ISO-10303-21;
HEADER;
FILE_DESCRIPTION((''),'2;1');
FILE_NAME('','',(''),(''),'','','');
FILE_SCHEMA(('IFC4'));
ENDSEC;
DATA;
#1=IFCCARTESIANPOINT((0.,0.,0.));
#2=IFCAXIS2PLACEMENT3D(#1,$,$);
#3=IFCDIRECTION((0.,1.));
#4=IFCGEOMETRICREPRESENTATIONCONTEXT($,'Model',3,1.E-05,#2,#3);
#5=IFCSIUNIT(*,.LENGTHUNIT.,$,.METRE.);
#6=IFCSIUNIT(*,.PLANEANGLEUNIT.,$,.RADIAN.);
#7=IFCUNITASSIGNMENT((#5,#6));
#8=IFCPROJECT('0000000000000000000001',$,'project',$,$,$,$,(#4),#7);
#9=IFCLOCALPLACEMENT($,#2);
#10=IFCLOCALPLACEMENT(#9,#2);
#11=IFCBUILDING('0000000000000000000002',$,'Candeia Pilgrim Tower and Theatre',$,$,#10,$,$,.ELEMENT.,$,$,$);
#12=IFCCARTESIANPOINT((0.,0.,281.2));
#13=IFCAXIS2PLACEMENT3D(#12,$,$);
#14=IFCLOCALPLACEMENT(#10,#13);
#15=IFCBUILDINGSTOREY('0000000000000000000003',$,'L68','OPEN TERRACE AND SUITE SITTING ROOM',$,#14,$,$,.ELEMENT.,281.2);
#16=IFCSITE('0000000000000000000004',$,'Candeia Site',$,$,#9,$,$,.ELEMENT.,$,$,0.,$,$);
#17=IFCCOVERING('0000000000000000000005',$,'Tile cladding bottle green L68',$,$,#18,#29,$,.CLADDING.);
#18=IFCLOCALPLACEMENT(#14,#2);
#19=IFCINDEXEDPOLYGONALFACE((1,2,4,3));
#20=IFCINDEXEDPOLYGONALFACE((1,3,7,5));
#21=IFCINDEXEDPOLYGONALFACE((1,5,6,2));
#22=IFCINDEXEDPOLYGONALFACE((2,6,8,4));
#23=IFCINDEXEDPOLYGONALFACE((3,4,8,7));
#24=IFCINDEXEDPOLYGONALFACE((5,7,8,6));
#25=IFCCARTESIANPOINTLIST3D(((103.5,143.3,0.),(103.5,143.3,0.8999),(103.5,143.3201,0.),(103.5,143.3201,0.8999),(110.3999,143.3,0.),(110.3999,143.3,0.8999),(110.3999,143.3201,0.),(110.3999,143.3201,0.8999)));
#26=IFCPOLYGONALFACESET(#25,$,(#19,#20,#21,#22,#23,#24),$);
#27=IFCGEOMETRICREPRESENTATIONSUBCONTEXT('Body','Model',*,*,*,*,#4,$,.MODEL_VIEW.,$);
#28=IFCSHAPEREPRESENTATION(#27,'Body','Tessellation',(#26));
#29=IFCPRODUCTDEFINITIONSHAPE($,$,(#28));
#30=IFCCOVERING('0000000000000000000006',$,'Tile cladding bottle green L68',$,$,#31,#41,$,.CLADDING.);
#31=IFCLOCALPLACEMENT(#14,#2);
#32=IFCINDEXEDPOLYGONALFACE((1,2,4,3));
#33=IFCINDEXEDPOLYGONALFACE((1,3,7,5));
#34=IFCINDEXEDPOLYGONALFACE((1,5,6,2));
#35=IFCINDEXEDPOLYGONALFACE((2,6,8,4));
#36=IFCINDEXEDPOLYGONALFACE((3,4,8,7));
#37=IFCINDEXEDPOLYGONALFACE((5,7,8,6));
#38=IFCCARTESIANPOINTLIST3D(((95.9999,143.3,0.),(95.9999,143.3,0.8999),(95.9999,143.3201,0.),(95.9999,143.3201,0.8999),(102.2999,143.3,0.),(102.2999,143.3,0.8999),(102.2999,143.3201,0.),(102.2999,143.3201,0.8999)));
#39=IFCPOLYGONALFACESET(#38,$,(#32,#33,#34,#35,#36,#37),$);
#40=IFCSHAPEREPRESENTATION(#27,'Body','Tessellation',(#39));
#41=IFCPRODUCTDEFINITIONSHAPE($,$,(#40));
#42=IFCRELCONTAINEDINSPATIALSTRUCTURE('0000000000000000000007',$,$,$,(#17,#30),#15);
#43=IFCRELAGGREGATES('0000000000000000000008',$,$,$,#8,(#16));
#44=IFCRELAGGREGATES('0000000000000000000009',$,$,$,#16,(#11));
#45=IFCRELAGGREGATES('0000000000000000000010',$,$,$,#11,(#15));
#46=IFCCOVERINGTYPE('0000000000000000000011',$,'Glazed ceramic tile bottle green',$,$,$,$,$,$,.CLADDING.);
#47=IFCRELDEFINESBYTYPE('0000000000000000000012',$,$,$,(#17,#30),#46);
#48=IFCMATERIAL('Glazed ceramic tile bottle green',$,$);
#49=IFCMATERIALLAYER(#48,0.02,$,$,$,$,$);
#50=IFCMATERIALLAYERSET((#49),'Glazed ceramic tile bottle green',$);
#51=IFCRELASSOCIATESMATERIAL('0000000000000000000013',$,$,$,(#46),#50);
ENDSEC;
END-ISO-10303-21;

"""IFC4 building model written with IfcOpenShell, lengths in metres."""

from ifc_helpers import new_model, si_unit, direction, frame, origin, origin_2d, place, context, subcontext, project, spatial, rectangle, extrude, material, layer, layer_set, type_object, element, save


model = new_model("IFC4")

# Units and contexts
model_context = context("Model", 3, precision=1e-05, world=origin(), true_north=direction((0.0, 1.0)))
body_context = subcontext(model_context, "Body", "Model", "MODEL_VIEW")
ifc_project = project(units=[si_unit("LENGTHUNIT", "METRE"), si_unit("PLANEANGLEUNIT", "RADIAN")], contexts=[model_context])

# Site, building, storey
site_placement = place(None, origin())
site = spatial("IfcSite", under=ifc_project, at=site_placement, Name="Candeia Site", CompositionType="ELEMENT", RefElevation=0.0)
building_placement = place(site_placement, origin())
building = spatial("IfcBuilding", under=site, at=building_placement, Name="Candeia Pilgrim Tower and Theatre", CompositionType="ELEMENT")
storey_placement = place(building_placement, frame((0.0, 0.0, 281.2)))
storey = spatial("IfcBuildingStorey", under=building, at=storey_placement, Name="L68", Description="OPEN TERRACE AND SUITE SITTING ROOM", CompositionType="ELEMENT", Elevation=281.2)

# Coverings
ifc_material_1 = material(Name="Glazed ceramic tile bottle green")
ifc_layer_1 = layer(ifc_material_1, 0.02)
ifc_layer_set_1 = layer_set([ifc_layer_1], Name="Glazed ceramic tile bottle green")
covering_type = type_object("IfcCoveringType", Name="Glazed ceramic tile bottle green", PredefinedType="CLADDING", material=ifc_layer_set_1)
covering_1_placement = place(storey_placement, frame((106.95, 143.3101, 0.0), z_axis=(0.0, 0.0, 1.0), x_axis=(-1.0, 0.0, 0.0)))
element("IfcCovering", 1, at=covering_1_placement, inside=storey, type_object=covering_type, Name="Tile cladding bottle green L68", PredefinedType="CLADDING", context=body_context, shape_type="SweptSolid", body=[
    extrude(rectangle(XDim=6.8999, YDim=0.02, at=origin_2d()), origin(), (0.0, 0.0, 1.0), 0.8999),
])
covering_2_placement = place(storey_placement, frame((99.1499, 143.3101, 0.0), z_axis=(0.0, 0.0, 1.0), x_axis=(-1.0, 0.0, 0.0)))
element("IfcCovering", 2, at=covering_2_placement, inside=storey, type_object=covering_type, Name="Tile cladding bottle green L68", PredefinedType="CLADDING", context=body_context, shape_type="SweptSolid", body=[
    extrude(rectangle(XDim=6.3, YDim=0.02, at=origin_2d()), origin(), (0.0, 0.0, 1.0), 0.8999),
])

save(model, "model.ifc")
